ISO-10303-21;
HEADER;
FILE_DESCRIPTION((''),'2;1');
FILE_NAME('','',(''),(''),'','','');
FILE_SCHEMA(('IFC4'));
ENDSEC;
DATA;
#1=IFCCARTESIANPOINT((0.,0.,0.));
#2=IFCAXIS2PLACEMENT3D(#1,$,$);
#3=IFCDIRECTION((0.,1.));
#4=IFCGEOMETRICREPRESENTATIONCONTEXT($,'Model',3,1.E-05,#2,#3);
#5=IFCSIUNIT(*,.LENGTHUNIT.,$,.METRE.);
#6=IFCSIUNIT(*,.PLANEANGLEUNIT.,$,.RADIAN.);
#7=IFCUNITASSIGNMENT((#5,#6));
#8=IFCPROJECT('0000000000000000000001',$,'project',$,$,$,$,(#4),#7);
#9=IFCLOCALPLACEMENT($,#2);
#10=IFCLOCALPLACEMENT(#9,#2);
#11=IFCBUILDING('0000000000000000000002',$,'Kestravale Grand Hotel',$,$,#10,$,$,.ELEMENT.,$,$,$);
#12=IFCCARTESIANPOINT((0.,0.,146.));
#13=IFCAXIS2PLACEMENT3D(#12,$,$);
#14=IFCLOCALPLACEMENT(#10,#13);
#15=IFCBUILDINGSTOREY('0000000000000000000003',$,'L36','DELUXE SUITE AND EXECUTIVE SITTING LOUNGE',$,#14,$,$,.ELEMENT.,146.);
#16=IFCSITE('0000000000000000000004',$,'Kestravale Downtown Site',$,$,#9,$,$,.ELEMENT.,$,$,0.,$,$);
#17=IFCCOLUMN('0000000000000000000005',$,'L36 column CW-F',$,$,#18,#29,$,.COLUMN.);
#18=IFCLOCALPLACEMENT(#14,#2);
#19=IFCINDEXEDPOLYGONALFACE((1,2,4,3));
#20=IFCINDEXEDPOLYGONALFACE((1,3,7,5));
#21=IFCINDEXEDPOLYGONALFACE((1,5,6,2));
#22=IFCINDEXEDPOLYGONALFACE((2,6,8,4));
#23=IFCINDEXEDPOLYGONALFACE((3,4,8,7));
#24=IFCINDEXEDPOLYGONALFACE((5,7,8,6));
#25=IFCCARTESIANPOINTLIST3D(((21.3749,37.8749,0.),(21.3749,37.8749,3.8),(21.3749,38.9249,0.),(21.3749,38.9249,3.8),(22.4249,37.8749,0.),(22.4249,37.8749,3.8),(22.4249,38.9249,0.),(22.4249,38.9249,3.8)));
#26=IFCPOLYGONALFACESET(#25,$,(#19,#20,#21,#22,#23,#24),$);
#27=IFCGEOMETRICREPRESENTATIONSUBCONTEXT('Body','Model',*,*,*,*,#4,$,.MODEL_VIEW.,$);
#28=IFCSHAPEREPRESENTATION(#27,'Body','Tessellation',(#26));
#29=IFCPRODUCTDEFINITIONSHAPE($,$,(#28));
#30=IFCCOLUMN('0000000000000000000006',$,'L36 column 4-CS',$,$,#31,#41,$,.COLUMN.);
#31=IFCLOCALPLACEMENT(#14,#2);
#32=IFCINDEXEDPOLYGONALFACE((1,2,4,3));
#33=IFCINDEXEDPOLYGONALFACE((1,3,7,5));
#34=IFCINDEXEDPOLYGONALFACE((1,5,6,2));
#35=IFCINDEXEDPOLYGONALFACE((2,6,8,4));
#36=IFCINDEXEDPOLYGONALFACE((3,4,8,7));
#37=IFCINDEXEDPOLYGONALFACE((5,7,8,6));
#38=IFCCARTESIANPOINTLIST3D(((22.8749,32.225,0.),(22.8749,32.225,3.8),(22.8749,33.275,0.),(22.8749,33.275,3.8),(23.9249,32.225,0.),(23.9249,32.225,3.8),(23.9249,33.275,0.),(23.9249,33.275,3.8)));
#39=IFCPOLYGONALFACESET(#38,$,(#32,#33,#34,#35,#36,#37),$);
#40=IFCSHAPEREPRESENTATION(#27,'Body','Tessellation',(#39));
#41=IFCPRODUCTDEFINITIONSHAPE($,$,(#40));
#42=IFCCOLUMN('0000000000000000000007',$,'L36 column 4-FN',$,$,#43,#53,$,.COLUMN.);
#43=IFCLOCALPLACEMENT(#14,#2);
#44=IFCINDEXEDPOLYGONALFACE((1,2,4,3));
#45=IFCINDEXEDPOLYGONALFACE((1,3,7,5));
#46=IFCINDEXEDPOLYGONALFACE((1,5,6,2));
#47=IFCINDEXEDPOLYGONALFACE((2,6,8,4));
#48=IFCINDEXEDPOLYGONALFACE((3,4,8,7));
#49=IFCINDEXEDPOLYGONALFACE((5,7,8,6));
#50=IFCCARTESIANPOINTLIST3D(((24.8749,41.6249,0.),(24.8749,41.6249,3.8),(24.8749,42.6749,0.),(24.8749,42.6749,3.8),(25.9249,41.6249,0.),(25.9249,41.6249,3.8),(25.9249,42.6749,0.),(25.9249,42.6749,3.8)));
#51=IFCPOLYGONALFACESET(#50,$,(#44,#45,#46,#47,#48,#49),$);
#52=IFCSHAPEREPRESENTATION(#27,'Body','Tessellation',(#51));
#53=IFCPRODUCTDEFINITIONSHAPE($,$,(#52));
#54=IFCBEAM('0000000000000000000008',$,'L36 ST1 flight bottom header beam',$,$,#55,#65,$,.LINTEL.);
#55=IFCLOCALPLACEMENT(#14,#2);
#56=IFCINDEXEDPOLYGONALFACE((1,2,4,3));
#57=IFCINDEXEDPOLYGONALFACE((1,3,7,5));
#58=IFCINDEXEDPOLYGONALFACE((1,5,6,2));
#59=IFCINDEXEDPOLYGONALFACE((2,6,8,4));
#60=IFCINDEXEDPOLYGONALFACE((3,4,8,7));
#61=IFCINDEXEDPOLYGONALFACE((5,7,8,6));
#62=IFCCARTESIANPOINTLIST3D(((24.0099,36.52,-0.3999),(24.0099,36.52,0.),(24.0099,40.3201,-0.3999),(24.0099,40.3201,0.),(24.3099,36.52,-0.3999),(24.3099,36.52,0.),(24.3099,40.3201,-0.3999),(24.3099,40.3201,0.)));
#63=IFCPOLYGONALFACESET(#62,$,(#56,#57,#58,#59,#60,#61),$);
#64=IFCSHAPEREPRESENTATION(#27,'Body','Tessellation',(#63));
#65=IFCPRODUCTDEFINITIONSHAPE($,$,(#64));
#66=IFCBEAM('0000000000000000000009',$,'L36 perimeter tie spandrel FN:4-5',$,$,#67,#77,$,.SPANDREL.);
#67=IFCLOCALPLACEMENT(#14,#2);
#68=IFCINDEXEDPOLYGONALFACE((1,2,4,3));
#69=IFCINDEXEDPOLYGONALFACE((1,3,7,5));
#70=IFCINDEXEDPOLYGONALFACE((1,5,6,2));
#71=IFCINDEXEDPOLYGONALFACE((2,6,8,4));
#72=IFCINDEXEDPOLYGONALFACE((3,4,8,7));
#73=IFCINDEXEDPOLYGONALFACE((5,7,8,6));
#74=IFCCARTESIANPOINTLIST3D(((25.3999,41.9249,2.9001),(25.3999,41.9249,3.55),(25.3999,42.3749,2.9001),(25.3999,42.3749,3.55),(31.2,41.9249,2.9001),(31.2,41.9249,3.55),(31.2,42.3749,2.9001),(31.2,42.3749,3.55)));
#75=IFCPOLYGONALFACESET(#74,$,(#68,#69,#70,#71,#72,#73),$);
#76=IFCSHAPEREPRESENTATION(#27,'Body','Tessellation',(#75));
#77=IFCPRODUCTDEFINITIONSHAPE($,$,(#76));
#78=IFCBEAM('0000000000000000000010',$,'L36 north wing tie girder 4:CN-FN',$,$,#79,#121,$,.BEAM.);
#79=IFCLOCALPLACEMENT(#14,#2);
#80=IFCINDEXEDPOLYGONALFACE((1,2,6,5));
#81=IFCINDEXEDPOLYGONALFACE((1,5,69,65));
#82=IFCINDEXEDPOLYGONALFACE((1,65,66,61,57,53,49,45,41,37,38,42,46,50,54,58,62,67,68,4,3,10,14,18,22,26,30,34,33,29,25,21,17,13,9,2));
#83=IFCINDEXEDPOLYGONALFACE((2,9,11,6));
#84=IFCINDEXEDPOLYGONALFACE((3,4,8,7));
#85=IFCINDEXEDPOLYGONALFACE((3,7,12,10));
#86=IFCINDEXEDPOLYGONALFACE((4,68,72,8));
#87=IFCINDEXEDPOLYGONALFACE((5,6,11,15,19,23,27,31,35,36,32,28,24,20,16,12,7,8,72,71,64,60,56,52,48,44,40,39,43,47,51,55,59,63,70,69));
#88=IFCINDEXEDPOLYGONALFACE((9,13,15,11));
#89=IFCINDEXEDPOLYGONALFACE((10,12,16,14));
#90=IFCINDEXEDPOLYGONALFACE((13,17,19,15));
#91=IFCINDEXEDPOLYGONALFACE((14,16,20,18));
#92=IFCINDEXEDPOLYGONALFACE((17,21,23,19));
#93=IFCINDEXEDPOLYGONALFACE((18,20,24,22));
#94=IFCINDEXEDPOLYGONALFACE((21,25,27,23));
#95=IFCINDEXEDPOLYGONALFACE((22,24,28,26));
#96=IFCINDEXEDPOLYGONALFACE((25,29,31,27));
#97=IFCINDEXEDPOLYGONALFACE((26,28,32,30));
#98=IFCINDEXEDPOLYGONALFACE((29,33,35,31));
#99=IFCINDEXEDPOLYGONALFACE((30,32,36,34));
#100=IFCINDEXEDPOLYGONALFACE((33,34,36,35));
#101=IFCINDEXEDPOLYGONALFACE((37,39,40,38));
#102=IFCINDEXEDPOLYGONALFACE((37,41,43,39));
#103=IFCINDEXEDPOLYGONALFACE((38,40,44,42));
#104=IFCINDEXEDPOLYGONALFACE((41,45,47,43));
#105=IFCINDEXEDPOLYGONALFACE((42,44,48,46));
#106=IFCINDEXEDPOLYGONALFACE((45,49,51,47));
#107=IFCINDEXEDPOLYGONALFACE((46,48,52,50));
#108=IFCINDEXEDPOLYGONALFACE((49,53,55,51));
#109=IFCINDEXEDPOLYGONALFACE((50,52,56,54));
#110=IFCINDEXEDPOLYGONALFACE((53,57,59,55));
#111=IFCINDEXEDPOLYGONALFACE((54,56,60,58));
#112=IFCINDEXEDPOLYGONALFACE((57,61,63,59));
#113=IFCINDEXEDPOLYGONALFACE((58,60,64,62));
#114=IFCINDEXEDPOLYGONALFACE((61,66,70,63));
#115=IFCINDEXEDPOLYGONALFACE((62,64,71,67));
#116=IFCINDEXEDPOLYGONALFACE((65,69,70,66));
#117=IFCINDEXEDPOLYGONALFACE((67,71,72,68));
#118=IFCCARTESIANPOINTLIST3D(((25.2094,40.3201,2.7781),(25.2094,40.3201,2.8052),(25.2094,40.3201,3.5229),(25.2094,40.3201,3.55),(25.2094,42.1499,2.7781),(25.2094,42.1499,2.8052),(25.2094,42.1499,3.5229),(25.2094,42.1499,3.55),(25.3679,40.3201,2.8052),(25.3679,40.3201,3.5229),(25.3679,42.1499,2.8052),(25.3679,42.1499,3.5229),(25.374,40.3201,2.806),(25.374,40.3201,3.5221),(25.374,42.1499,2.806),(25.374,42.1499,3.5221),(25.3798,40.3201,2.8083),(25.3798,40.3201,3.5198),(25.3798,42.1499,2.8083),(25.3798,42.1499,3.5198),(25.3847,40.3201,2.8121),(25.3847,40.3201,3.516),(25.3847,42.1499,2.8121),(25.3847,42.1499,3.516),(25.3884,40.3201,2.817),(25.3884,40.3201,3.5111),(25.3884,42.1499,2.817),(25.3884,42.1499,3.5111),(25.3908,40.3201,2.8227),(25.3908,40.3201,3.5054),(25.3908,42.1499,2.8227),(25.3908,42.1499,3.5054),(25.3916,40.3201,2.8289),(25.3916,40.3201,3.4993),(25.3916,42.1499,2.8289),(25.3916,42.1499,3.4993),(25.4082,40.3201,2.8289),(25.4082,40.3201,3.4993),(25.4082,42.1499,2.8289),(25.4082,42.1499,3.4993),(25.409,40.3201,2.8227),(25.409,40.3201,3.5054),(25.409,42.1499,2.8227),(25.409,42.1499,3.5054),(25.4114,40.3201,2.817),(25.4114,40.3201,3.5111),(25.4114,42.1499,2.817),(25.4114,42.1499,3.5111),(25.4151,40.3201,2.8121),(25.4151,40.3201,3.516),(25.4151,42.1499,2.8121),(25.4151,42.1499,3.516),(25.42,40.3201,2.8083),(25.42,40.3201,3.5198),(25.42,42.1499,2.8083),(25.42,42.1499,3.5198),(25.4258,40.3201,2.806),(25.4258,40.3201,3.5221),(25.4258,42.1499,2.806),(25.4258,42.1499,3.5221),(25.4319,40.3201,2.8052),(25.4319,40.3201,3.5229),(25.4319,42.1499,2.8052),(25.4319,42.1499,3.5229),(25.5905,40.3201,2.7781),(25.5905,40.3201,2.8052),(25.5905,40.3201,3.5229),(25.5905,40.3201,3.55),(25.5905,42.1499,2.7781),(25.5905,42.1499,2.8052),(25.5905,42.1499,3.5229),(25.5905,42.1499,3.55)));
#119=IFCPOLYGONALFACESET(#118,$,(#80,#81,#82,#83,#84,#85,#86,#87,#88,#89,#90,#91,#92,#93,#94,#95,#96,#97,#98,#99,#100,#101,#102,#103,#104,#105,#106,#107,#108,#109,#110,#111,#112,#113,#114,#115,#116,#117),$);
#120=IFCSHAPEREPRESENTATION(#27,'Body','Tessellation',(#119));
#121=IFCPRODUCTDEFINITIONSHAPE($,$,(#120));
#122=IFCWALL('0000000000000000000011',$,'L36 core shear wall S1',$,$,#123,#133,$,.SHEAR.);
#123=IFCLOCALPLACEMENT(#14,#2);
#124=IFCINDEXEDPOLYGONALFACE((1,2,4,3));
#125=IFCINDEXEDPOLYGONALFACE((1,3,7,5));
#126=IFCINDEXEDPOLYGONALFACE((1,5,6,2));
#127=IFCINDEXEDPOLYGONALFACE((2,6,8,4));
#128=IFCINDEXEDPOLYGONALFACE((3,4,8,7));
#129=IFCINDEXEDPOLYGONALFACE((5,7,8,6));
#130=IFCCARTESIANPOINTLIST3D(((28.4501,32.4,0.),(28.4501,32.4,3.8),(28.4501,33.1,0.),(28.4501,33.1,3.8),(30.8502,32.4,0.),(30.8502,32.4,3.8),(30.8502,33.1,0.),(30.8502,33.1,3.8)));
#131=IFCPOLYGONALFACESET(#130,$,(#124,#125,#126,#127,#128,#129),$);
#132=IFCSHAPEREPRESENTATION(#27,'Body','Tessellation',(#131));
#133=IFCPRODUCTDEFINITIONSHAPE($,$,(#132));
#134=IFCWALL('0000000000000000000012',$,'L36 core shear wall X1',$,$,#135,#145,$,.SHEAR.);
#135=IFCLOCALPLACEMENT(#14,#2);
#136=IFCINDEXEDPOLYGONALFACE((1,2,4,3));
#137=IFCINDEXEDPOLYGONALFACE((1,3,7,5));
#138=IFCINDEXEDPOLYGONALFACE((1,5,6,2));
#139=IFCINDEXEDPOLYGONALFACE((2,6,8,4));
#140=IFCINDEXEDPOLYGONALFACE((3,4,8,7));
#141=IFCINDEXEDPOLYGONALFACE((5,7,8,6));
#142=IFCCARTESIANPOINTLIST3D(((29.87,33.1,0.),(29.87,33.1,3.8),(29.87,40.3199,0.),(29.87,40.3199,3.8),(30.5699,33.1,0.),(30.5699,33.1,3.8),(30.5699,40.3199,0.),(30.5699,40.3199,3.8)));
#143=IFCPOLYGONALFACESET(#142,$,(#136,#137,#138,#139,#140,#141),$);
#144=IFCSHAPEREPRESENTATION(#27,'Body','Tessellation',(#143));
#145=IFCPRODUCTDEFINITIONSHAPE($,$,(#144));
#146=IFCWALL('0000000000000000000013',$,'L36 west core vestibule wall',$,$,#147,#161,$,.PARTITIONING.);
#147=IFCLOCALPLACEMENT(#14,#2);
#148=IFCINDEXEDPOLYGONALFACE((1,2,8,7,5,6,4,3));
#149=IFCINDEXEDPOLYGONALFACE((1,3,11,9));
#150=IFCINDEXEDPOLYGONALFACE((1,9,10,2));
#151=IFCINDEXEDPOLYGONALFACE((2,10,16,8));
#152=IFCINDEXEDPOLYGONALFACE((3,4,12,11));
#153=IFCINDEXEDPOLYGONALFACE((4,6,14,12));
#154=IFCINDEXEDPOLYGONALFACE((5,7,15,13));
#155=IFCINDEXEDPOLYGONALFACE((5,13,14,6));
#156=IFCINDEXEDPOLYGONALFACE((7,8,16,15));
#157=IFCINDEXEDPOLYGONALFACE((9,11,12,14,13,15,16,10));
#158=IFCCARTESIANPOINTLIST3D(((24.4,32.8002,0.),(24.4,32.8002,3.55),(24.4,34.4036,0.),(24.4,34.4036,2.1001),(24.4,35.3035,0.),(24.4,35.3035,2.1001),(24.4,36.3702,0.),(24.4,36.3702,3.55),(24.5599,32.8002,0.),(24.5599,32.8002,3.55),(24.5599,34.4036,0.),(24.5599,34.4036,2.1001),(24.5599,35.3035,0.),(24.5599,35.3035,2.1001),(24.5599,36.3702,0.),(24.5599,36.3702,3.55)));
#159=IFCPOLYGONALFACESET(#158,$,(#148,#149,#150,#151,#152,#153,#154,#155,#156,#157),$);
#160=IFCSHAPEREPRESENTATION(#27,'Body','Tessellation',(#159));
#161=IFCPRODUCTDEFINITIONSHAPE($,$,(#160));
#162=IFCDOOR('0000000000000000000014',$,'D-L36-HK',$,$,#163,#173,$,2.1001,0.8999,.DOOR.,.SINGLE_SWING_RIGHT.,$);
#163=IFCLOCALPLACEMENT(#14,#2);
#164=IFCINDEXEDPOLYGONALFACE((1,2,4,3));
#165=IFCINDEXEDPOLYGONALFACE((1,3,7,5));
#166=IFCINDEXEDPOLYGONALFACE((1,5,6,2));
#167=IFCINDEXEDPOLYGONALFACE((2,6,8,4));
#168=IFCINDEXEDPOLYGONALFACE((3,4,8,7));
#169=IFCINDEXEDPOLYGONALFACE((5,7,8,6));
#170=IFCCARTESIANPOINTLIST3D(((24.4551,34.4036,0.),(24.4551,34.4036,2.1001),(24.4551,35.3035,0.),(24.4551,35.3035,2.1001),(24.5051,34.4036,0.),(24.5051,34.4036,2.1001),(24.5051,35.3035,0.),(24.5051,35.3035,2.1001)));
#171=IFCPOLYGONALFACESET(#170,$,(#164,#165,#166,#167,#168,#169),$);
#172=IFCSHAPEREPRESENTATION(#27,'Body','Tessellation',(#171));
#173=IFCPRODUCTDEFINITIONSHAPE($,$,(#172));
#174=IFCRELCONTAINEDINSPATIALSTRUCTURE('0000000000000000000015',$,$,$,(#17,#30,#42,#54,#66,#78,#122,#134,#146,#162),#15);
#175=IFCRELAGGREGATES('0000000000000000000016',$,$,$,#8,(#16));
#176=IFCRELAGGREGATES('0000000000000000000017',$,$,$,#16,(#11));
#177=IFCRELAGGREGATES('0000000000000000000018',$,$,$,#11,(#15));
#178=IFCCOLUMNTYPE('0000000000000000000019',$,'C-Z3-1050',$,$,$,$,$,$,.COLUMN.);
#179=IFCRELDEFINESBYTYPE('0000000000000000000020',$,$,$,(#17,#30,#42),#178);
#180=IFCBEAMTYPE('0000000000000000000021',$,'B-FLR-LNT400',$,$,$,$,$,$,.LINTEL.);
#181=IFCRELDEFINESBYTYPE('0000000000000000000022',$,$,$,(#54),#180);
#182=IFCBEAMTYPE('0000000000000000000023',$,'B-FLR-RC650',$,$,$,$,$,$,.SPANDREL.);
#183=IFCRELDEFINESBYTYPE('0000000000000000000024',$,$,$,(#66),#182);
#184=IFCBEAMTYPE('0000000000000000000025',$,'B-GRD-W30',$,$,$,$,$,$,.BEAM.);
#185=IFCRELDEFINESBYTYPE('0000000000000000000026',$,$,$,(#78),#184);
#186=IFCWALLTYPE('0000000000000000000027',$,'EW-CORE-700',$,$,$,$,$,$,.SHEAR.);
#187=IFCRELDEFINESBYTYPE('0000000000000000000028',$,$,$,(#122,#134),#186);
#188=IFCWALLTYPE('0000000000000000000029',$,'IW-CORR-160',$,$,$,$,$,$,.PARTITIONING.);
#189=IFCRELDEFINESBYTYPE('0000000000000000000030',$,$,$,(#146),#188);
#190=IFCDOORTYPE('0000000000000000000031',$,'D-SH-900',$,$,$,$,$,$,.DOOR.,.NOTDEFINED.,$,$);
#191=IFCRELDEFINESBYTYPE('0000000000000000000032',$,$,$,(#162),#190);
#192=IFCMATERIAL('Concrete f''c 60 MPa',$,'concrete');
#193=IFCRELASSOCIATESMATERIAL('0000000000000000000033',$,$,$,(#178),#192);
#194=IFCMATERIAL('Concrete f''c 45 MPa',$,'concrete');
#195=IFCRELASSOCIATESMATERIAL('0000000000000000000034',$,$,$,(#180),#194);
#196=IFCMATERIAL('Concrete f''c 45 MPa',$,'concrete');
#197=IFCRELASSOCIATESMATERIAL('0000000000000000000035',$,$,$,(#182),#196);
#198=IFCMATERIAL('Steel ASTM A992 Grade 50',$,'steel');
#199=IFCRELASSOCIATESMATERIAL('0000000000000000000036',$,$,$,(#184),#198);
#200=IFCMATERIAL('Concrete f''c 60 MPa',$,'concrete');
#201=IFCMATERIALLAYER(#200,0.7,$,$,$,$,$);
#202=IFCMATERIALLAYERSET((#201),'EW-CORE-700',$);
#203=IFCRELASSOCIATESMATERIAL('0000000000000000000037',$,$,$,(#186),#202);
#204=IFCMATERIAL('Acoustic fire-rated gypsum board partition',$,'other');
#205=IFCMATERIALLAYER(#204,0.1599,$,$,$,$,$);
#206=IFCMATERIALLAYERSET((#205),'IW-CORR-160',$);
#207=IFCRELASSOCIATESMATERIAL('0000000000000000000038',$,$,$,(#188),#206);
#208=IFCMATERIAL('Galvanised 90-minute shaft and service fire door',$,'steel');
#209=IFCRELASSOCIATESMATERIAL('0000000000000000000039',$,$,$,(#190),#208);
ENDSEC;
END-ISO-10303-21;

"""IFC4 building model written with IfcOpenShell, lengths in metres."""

from ifc_helpers import new_model, si_unit, direction, frame, frame_2d, origin, origin_2d, place, context, subcontext, project, spatial, rectangle, i_section, extrude, material, layer, layer_set, material_profile, profile_set, type_object, element, fill, save


model = new_model("IFC4")

# Units and contexts
model_context = context("Model", 3, precision=1e-05, world=origin(), true_north=direction((0.0, 1.0)))
body_context = subcontext(model_context, "Body", "Model", "MODEL_VIEW")
ifc_project = project(units=[si_unit("LENGTHUNIT", "METRE"), si_unit("PLANEANGLEUNIT", "RADIAN")], contexts=[model_context])

# Site, building, storey
site_placement = place(None, origin())
site = spatial("IfcSite", under=ifc_project, at=site_placement, Name="Kestravale Downtown Site", CompositionType="ELEMENT", RefElevation=0.0)
building_placement = place(site_placement, origin())
building = spatial("IfcBuilding", under=site, at=building_placement, Name="Kestravale Grand Hotel", CompositionType="ELEMENT")
storey_placement = place(building_placement, frame((0.0, 0.0, 146.0)))
storey = spatial("IfcBuildingStorey", under=building, at=storey_placement, Name="L36", Description="DELUXE SUITE AND EXECUTIVE SITTING LOUNGE", CompositionType="ELEMENT", Elevation=146.0)

# Columns
ifc_material_1 = material(Name="Concrete f'c 60 MPa", Category="concrete")
ifc_material_profile_1 = material_profile(ifc_material_1, rectangle(XDim=1.05, YDim=1.05, at=origin_2d()))
ifc_profile_set_1 = profile_set([ifc_material_profile_1], Name="Concrete f'c 60 MPa")
column_type = type_object("IfcColumnType", Name="C-Z3-1050", PredefinedType="COLUMN", material=ifc_profile_set_1)
for number, where, z_axis, x_axis, name in (
    (1, (21.8999, 38.3999, 0.0), (0.0, 0.0, 1.0), (1.0, 0.0, 0.0), "L36 column CW-F"),
    (2, (23.3999, 32.75, 0.0), (0.0, 0.0, 1.0), (1.0, 0.0, 0.0), "L36 column 4-CS"),
    (3, (25.3999, 42.1499, 0.0), (0.0, 0.0, 1.0), (1.0, 0.0, 0.0), "L36 column 4-FN"),
):
    element("IfcColumn", number, at=place(storey_placement, frame(where, z_axis=z_axis, x_axis=x_axis)), inside=storey, type_object=column_type, Name=name, PredefinedType="COLUMN", context=body_context, shape_type="SweptSolid", body=[
        extrude(rectangle(XDim=1.05, YDim=1.05, at=origin_2d()), origin(), (0.0, 0.0, 1.0), 3.8),
    ])

# Beams
ifc_material_2 = material(Name="Concrete f'c 45 MPa", Category="concrete")
ifc_material_profile_2 = material_profile(ifc_material_2, rectangle(XDim=0.3, YDim=0.3999, at=origin_2d()))
ifc_profile_set_2 = profile_set([ifc_material_profile_2], Name="Concrete f'c 45 MPa")
beam_type_1 = type_object("IfcBeamType", Name="B-FLR-LNT400", PredefinedType="LINTEL", material=ifc_profile_set_2)
beam_1_placement = place(storey_placement, frame((24.1599, 36.52, -0.2), z_axis=(0.0, 1.0, 0.0), x_axis=(-1.0, 0.0, 0.0)))
element("IfcBeam", 4, at=beam_1_placement, inside=storey, type_object=beam_type_1, Name="L36 ST1 flight bottom header beam", PredefinedType="LINTEL", context=body_context, shape_type="SweptSolid", body=[
    extrude(rectangle(XDim=0.3, YDim=0.3999, at=origin_2d()), origin(), (0.0, 0.0, 1.0), 3.8),
])
ifc_material_3 = material(Name="Concrete f'c 45 MPa", Category="concrete")
ifc_material_profile_3 = material_profile(ifc_material_3, rectangle(XDim=0.45, YDim=0.6499, at=origin_2d()))
ifc_profile_set_3 = profile_set([ifc_material_profile_3], Name="Concrete f'c 45 MPa")
beam_type_2 = type_object("IfcBeamType", Name="B-FLR-RC650", PredefinedType="SPANDREL", material=ifc_profile_set_3)
beam_2_placement = place(storey_placement, frame((25.3999, 42.1499, 3.2251), z_axis=(1.0, 0.0, 0.0), x_axis=(0.0, 1.0, 0.0)))
element("IfcBeam", 5, at=beam_2_placement, inside=storey, type_object=beam_type_2, Name="L36 perimeter tie spandrel FN:4-5", PredefinedType="SPANDREL", context=body_context, shape_type="SweptSolid", body=[
    extrude(rectangle(XDim=0.45, YDim=0.6499, at=origin_2d()), origin(), (0.0, 0.0, 1.0), 5.8),
])
ifc_material_4 = material(Name="Steel ASTM A992 Grade 50", Category="steel")
ifc_material_profile_4 = material_profile(ifc_material_4, i_section(OverallWidth=0.3811, OverallDepth=0.772, WebThickness=0.0166, FlangeThickness=0.0271, FilletRadius=0.0237, at=origin_2d()))
ifc_profile_set_4 = profile_set([ifc_material_profile_4], Name="Steel ASTM A992 Grade 50")
beam_type_3 = type_object("IfcBeamType", Name="B-GRD-W30", PredefinedType="BEAM", material=ifc_profile_set_4)
beam_3_placement = place(storey_placement, frame((25.3999, 40.3201, 3.1641), z_axis=(0.0, 1.0, 0.0), x_axis=(-1.0, 0.0, 0.0)))
element("IfcBeam", 6, at=beam_3_placement, inside=storey, type_object=beam_type_3, Name="L36 north wing tie girder 4:CN-FN", PredefinedType="BEAM", context=body_context, shape_type="SweptSolid", body=[
    extrude(i_section(OverallWidth=0.3811, OverallDepth=0.772, WebThickness=0.0166, FlangeThickness=0.0271, FilletRadius=0.0237, at=origin_2d()), origin(), (0.0, 0.0, 1.0), 1.8298),
])

# Walls
ifc_material_5 = material(Name="Concrete f'c 60 MPa", Category="concrete")
ifc_layer_1 = layer(ifc_material_5, 0.7)
ifc_layer_set_1 = layer_set([ifc_layer_1], Name="EW-CORE-700")
wall_type_1 = type_object("IfcWallType", Name="EW-CORE-700", PredefinedType="SHEAR", material=ifc_layer_set_1)
wall_1_placement = place(storey_placement, frame((28.45, 32.75, 0.0), z_axis=(0.0, 0.0, 1.0), x_axis=(1.0, 0.0, 0.0)))
element("IfcWall", 7, at=wall_1_placement, inside=storey, type_object=wall_type_1, Name="L36 core shear wall S1", PredefinedType="SHEAR", context=body_context, shape_type="SweptSolid", body=[
    extrude(rectangle(XDim=2.4001, YDim=0.7, at=frame_2d((1.2002, 0.0))), origin(), (0.0, 0.0, 1.0), 3.8),
])
wall_2_placement = place(storey_placement, frame((30.22, 33.1001, 0.0), z_axis=(0.0, 0.0, 1.0), x_axis=(0.0, 1.0, 0.0)))
element("IfcWall", 8, at=wall_2_placement, inside=storey, type_object=wall_type_1, Name="L36 core shear wall X1", PredefinedType="SHEAR", context=body_context, shape_type="SweptSolid", body=[
    extrude(rectangle(XDim=7.22, YDim=0.7, at=frame_2d((3.6099, 0.0))), origin(), (0.0, 0.0, 1.0), 3.8),
])

# Wall, opening, door
ifc_material_6 = material(Name="Acoustic fire-rated gypsum board partition", Category="other")
ifc_layer_2 = layer(ifc_material_6, 0.1599)
ifc_layer_set_2 = layer_set([ifc_layer_2], Name="IW-CORR-160")
wall_type_2 = type_object("IfcWallType", Name="IW-CORR-160", PredefinedType="PARTITIONING", material=ifc_layer_set_2)
wall_3_placement = place(storey_placement, frame((24.48, 32.8, 0.0), z_axis=(0.0, 0.0, 1.0), x_axis=(0.0, 1.0, 0.0)))
wall_3 = element("IfcWall", 9, at=wall_3_placement, inside=storey, type_object=wall_type_2, Name="L36 west core vestibule wall", PredefinedType="PARTITIONING", context=body_context, shape_type="SweptSolid", body=[
    extrude(rectangle(XDim=3.5701, YDim=0.1599, at=frame_2d((1.7852, 0.0))), origin(), (0.0, 0.0, 1.0), 3.55),
])
opening_1_placement = place(wall_3_placement, frame((1.6035, 0.0, 0.0)))
opening_1 = element("IfcOpeningElement", 10, at=opening_1_placement, cuts=wall_3, PredefinedType="OPENING", context=body_context, shape_type="SweptSolid", body=[
    extrude(rectangle(XDim=0.8999, YDim=2.1001, at=frame_2d((0.45, 1.05))), frame((0.0, 0.0898, 0.0), z_axis=(0.0, -1.0, 0.0), x_axis=(1.0, 0.0, 0.0)), (0.0, 0.0, 1.0), 0.1799),
])
ifc_material_7 = material(Name="Galvanised 90-minute shaft and service fire door", Category="steel")
door_type_1 = type_object("IfcDoorType", Name="D-SH-900", OperationType="NOTDEFINED", PredefinedType="DOOR", material=ifc_material_7)
door_1_placement = place(opening_1_placement, origin())
door_1 = element("IfcDoor", 11, at=door_1_placement, inside=storey, type_object=door_type_1, Name="D-L36-HK", OperationType="SINGLE_SWING_RIGHT", OverallHeight=2.1001, OverallWidth=0.8999, PredefinedType="DOOR", context=body_context, shape_type="SweptSolid", body=[
    extrude(rectangle(XDim=0.8999, YDim=2.1001, at=frame_2d((0.45, 1.05))), frame((0.0, 0.0249, 0.0), z_axis=(0.0, -1.0, 0.0), x_axis=(1.0, 0.0, 0.0)), (0.0, 0.0, 1.0), 0.05),
])
fill(opening_1, door_1)

save(model, "model.ifc")
